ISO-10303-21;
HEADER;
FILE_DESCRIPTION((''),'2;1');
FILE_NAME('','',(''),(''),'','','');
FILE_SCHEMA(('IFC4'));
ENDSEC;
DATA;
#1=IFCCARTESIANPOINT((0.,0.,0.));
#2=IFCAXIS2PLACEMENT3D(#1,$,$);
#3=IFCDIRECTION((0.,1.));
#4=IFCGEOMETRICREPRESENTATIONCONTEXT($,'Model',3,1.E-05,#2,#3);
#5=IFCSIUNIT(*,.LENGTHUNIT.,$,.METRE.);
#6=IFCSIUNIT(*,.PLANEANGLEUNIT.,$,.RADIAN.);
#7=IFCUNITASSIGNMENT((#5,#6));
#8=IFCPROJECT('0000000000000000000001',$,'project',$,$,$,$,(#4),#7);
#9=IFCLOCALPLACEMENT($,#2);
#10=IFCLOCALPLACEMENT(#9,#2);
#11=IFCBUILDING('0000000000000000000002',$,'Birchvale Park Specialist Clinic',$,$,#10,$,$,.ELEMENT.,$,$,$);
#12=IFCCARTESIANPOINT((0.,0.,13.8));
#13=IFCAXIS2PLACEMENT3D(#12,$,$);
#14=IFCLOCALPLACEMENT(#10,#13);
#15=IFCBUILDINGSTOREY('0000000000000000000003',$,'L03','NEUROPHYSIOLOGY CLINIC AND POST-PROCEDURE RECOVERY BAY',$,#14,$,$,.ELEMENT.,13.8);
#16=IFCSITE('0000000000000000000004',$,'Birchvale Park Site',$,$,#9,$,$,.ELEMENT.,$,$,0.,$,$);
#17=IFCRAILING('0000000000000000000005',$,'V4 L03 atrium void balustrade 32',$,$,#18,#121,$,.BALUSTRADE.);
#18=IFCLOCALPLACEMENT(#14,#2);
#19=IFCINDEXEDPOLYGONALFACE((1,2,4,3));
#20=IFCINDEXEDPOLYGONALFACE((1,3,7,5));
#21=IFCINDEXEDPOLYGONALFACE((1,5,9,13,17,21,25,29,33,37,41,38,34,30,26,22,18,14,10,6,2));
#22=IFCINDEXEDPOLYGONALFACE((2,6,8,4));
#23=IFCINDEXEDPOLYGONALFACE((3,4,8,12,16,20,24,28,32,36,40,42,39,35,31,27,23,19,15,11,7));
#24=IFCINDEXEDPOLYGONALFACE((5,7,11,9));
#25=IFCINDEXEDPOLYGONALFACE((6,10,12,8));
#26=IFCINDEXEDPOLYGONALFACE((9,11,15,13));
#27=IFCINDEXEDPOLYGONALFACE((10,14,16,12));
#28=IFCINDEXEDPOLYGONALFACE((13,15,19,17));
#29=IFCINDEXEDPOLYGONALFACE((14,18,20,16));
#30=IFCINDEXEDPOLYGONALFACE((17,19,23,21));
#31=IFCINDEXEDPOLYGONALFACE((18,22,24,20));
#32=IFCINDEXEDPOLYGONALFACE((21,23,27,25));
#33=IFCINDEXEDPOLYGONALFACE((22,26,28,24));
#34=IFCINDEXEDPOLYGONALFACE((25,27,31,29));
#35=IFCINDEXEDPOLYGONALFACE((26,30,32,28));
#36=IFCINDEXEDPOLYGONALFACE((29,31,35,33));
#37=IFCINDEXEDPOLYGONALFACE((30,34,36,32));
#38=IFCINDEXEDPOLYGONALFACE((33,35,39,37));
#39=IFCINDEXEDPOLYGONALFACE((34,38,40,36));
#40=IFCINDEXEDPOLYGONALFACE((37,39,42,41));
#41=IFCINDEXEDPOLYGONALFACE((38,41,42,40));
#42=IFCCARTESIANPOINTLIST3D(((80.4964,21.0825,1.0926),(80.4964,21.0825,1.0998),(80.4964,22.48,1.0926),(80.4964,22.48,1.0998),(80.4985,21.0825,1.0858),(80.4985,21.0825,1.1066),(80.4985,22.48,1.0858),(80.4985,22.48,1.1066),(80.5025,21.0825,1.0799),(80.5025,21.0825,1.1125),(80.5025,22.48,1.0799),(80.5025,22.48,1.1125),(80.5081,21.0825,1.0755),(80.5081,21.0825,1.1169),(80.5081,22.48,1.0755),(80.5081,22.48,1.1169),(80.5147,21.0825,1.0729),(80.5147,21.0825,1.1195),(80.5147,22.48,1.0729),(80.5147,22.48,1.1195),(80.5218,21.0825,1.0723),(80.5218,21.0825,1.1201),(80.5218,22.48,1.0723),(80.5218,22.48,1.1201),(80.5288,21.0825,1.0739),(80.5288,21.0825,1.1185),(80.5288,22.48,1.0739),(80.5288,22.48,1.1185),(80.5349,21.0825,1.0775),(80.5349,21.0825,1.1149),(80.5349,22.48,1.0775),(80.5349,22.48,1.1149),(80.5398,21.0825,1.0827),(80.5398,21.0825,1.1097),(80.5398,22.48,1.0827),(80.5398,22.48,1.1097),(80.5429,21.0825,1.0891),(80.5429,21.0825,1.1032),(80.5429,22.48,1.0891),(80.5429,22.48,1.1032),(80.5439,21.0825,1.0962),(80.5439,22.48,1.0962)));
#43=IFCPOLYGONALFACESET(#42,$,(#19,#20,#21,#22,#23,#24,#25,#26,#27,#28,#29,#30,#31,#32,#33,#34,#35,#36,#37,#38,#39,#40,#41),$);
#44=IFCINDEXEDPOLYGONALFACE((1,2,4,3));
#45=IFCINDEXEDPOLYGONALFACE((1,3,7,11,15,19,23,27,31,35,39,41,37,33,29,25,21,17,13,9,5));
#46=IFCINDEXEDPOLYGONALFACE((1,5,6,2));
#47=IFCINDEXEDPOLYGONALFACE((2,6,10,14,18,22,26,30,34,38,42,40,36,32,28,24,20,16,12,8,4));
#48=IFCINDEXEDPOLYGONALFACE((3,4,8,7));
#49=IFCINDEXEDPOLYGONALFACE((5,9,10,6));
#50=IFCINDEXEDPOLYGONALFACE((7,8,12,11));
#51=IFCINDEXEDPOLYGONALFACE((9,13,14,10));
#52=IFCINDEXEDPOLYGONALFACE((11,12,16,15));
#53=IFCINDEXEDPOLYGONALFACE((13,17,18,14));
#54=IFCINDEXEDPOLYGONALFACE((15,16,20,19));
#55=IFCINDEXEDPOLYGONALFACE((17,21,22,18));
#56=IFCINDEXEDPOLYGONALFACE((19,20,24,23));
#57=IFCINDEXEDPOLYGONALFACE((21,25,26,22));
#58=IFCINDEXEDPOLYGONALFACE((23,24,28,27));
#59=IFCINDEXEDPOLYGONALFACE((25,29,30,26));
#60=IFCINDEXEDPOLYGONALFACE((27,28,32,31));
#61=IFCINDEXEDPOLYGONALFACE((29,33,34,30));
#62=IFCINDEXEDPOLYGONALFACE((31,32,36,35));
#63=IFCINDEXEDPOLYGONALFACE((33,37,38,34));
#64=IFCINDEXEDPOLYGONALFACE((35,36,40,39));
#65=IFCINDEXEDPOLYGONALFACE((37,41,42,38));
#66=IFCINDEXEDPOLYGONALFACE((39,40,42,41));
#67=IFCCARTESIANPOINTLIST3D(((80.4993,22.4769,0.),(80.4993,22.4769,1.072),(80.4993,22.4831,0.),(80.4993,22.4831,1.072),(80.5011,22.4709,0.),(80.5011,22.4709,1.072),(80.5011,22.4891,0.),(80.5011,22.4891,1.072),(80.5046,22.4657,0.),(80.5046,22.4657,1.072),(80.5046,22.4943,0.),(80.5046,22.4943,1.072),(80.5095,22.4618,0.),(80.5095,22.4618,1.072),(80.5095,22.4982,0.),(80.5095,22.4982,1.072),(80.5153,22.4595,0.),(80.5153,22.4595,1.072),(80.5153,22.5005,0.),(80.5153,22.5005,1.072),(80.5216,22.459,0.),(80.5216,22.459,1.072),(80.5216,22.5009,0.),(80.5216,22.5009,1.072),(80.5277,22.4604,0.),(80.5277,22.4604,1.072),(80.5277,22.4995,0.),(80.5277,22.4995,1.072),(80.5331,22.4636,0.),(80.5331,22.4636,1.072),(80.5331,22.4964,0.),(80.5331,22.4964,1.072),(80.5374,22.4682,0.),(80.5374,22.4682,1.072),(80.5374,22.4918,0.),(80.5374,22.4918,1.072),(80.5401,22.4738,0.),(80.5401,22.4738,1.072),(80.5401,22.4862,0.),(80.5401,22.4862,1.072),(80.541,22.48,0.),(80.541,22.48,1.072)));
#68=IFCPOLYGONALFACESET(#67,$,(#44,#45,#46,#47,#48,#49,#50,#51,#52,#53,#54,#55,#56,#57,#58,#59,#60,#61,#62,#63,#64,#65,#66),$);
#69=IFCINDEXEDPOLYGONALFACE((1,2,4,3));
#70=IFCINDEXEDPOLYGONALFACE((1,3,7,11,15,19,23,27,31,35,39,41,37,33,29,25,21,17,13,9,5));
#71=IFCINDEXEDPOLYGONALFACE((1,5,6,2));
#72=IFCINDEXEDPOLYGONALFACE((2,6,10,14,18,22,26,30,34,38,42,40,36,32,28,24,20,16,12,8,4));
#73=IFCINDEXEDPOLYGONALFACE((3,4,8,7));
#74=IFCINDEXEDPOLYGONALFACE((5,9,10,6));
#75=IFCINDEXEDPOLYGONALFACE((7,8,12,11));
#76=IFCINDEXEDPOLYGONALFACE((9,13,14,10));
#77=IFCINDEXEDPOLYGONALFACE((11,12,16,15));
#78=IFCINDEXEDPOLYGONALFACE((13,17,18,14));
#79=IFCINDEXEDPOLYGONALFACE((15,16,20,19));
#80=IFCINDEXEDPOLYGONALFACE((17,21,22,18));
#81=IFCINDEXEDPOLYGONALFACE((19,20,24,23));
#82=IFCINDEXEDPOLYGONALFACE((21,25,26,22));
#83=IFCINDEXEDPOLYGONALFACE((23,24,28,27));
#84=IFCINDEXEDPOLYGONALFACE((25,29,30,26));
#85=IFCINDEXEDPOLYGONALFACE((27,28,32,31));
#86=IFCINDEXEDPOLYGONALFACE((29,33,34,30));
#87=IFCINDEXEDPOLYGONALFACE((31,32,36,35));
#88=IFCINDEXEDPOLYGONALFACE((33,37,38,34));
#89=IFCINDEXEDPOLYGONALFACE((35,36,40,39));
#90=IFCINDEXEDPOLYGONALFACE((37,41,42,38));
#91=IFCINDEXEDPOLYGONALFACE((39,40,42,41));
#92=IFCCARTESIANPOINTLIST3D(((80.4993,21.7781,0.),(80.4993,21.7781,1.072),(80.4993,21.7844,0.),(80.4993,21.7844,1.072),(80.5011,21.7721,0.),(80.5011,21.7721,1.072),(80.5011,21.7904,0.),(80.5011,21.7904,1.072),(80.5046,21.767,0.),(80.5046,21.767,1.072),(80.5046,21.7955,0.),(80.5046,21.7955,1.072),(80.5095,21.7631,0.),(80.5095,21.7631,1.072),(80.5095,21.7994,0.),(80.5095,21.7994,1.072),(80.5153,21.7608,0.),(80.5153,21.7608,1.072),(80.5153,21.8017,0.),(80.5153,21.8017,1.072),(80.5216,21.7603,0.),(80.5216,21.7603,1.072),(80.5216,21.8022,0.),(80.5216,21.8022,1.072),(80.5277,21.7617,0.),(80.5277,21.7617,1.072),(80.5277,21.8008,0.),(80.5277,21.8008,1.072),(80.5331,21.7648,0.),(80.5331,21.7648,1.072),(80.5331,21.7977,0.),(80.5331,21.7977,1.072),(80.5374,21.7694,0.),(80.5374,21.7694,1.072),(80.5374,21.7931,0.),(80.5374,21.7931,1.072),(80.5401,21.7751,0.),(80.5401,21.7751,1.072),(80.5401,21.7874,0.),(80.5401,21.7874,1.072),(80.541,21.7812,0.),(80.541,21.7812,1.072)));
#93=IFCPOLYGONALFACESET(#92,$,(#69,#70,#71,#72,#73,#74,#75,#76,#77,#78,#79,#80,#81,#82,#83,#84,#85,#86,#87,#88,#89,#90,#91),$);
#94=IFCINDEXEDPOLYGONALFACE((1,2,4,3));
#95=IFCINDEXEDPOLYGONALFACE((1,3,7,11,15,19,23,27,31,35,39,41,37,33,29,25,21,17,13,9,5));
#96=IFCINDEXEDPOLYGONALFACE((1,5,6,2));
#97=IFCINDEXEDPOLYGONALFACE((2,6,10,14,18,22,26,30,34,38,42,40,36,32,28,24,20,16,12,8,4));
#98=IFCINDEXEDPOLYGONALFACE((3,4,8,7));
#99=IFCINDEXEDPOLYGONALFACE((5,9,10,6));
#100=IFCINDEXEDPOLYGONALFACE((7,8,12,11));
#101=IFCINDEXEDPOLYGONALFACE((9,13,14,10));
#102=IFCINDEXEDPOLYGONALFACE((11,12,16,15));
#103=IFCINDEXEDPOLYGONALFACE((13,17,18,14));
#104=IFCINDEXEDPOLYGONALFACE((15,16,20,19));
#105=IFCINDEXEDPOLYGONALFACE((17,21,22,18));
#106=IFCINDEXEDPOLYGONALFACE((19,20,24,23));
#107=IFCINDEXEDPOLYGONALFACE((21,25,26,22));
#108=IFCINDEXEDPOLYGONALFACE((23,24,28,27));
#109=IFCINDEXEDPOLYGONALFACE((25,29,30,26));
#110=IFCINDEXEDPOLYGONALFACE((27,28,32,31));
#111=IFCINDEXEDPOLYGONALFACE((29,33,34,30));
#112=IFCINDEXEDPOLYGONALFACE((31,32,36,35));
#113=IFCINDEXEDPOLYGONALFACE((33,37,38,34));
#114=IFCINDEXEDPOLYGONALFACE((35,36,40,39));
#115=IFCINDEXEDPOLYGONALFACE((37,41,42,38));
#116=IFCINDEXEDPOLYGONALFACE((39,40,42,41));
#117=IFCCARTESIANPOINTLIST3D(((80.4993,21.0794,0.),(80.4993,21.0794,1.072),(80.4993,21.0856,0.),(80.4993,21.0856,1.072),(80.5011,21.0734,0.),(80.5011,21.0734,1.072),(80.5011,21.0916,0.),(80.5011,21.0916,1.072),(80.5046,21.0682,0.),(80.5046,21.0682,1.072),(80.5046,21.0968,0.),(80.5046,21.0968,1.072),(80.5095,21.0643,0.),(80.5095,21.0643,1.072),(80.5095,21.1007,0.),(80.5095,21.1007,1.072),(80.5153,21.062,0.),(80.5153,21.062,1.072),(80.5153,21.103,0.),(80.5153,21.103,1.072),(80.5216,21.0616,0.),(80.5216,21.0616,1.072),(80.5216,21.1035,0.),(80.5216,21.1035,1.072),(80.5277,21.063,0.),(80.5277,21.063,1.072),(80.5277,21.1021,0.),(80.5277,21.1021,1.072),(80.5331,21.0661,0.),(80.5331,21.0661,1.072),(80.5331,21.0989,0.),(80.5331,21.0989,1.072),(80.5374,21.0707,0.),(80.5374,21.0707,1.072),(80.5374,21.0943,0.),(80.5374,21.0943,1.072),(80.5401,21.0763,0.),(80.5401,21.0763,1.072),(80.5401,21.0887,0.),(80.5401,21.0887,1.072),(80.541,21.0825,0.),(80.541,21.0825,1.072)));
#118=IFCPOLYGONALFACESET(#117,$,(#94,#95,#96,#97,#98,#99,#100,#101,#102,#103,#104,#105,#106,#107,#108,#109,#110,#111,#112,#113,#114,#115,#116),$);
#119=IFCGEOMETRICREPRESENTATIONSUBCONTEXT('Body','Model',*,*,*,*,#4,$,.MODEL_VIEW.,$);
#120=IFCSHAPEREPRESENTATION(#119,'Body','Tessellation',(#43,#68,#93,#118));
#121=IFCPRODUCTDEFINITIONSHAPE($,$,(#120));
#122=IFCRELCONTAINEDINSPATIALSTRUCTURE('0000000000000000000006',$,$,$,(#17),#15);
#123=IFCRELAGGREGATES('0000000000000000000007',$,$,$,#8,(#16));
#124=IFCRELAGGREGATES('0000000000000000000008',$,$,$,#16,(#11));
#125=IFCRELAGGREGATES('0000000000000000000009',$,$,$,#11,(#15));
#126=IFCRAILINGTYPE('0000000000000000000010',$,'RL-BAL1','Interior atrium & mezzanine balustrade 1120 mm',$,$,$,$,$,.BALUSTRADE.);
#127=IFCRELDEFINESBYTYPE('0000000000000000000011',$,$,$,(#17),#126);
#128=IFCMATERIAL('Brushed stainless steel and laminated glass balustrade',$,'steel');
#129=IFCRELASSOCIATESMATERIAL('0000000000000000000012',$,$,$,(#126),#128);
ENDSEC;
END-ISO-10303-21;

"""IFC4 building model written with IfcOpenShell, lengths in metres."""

from ifc_helpers import new_model, si_unit, direction, frame, origin, origin_2d, place, context, subcontext, project, spatial, circle, extrude, material, type_object, element, save


model = new_model("IFC4")

# Units and contexts
model_context = context("Model", 3, precision=1e-05, world=origin(), true_north=direction((0.0, 1.0)))
body_context = subcontext(model_context, "Body", "Model", "MODEL_VIEW")
ifc_project = project(units=[si_unit("LENGTHUNIT", "METRE"), si_unit("PLANEANGLEUNIT", "RADIAN")], contexts=[model_context])

# Site, building, storey
site_placement = place(None, origin())
site = spatial("IfcSite", under=ifc_project, at=site_placement, Name="Birchvale Park Site", CompositionType="ELEMENT", RefElevation=0.0)
building_placement = place(site_placement, origin())
building = spatial("IfcBuilding", under=site, at=building_placement, Name="Birchvale Park Specialist Clinic", CompositionType="ELEMENT")
storey_placement = place(building_placement, frame((0.0, 0.0, 13.8)))
storey = spatial("IfcBuildingStorey", under=building, at=storey_placement, Name="L03", Description="NEUROPHYSIOLOGY CLINIC AND POST-PROCEDURE RECOVERY BAY", CompositionType="ELEMENT", Elevation=13.8)

# Railing
ifc_material_1 = material(Name="Brushed stainless steel and laminated glass balustrade", Category="steel")
railing_type = type_object("IfcRailingType", Name="RL-BAL1", Description="Interior atrium & mezzanine balustrade 1120 mm", PredefinedType="BALUSTRADE", material=ifc_material_1)
railing_1_placement = place(storey_placement, frame((80.52, 22.48, 0.0)))
element("IfcRailing", 1, at=railing_1_placement, inside=storey, type_object=railing_type, Name="V4 L03 atrium void balustrade 32", PredefinedType="BALUSTRADE", context=body_context, shape_type="SweptSolid", body=[
    extrude(circle(Radius=0.0239, at=origin_2d()), frame((0.0, 0.0, 1.0962), z_axis=(0.0, -1.0, 0.0), x_axis=(1.0, 0.0, 0.0)), (0.0, 0.0, 1.0), 1.3975),
    extrude(circle(Radius=0.021, at=origin_2d()), origin(), (0.0, 0.0, 1.0), 1.072),
    extrude(circle(Radius=0.021, at=origin_2d()), frame((0.0, -0.6987, 0.0)), (0.0, 0.0, 1.0), 1.072),
    extrude(circle(Radius=0.021, at=origin_2d()), frame((0.0, -1.3975, 0.0)), (0.0, 0.0, 1.0), 1.072),
])

save(model, "model.ifc")
